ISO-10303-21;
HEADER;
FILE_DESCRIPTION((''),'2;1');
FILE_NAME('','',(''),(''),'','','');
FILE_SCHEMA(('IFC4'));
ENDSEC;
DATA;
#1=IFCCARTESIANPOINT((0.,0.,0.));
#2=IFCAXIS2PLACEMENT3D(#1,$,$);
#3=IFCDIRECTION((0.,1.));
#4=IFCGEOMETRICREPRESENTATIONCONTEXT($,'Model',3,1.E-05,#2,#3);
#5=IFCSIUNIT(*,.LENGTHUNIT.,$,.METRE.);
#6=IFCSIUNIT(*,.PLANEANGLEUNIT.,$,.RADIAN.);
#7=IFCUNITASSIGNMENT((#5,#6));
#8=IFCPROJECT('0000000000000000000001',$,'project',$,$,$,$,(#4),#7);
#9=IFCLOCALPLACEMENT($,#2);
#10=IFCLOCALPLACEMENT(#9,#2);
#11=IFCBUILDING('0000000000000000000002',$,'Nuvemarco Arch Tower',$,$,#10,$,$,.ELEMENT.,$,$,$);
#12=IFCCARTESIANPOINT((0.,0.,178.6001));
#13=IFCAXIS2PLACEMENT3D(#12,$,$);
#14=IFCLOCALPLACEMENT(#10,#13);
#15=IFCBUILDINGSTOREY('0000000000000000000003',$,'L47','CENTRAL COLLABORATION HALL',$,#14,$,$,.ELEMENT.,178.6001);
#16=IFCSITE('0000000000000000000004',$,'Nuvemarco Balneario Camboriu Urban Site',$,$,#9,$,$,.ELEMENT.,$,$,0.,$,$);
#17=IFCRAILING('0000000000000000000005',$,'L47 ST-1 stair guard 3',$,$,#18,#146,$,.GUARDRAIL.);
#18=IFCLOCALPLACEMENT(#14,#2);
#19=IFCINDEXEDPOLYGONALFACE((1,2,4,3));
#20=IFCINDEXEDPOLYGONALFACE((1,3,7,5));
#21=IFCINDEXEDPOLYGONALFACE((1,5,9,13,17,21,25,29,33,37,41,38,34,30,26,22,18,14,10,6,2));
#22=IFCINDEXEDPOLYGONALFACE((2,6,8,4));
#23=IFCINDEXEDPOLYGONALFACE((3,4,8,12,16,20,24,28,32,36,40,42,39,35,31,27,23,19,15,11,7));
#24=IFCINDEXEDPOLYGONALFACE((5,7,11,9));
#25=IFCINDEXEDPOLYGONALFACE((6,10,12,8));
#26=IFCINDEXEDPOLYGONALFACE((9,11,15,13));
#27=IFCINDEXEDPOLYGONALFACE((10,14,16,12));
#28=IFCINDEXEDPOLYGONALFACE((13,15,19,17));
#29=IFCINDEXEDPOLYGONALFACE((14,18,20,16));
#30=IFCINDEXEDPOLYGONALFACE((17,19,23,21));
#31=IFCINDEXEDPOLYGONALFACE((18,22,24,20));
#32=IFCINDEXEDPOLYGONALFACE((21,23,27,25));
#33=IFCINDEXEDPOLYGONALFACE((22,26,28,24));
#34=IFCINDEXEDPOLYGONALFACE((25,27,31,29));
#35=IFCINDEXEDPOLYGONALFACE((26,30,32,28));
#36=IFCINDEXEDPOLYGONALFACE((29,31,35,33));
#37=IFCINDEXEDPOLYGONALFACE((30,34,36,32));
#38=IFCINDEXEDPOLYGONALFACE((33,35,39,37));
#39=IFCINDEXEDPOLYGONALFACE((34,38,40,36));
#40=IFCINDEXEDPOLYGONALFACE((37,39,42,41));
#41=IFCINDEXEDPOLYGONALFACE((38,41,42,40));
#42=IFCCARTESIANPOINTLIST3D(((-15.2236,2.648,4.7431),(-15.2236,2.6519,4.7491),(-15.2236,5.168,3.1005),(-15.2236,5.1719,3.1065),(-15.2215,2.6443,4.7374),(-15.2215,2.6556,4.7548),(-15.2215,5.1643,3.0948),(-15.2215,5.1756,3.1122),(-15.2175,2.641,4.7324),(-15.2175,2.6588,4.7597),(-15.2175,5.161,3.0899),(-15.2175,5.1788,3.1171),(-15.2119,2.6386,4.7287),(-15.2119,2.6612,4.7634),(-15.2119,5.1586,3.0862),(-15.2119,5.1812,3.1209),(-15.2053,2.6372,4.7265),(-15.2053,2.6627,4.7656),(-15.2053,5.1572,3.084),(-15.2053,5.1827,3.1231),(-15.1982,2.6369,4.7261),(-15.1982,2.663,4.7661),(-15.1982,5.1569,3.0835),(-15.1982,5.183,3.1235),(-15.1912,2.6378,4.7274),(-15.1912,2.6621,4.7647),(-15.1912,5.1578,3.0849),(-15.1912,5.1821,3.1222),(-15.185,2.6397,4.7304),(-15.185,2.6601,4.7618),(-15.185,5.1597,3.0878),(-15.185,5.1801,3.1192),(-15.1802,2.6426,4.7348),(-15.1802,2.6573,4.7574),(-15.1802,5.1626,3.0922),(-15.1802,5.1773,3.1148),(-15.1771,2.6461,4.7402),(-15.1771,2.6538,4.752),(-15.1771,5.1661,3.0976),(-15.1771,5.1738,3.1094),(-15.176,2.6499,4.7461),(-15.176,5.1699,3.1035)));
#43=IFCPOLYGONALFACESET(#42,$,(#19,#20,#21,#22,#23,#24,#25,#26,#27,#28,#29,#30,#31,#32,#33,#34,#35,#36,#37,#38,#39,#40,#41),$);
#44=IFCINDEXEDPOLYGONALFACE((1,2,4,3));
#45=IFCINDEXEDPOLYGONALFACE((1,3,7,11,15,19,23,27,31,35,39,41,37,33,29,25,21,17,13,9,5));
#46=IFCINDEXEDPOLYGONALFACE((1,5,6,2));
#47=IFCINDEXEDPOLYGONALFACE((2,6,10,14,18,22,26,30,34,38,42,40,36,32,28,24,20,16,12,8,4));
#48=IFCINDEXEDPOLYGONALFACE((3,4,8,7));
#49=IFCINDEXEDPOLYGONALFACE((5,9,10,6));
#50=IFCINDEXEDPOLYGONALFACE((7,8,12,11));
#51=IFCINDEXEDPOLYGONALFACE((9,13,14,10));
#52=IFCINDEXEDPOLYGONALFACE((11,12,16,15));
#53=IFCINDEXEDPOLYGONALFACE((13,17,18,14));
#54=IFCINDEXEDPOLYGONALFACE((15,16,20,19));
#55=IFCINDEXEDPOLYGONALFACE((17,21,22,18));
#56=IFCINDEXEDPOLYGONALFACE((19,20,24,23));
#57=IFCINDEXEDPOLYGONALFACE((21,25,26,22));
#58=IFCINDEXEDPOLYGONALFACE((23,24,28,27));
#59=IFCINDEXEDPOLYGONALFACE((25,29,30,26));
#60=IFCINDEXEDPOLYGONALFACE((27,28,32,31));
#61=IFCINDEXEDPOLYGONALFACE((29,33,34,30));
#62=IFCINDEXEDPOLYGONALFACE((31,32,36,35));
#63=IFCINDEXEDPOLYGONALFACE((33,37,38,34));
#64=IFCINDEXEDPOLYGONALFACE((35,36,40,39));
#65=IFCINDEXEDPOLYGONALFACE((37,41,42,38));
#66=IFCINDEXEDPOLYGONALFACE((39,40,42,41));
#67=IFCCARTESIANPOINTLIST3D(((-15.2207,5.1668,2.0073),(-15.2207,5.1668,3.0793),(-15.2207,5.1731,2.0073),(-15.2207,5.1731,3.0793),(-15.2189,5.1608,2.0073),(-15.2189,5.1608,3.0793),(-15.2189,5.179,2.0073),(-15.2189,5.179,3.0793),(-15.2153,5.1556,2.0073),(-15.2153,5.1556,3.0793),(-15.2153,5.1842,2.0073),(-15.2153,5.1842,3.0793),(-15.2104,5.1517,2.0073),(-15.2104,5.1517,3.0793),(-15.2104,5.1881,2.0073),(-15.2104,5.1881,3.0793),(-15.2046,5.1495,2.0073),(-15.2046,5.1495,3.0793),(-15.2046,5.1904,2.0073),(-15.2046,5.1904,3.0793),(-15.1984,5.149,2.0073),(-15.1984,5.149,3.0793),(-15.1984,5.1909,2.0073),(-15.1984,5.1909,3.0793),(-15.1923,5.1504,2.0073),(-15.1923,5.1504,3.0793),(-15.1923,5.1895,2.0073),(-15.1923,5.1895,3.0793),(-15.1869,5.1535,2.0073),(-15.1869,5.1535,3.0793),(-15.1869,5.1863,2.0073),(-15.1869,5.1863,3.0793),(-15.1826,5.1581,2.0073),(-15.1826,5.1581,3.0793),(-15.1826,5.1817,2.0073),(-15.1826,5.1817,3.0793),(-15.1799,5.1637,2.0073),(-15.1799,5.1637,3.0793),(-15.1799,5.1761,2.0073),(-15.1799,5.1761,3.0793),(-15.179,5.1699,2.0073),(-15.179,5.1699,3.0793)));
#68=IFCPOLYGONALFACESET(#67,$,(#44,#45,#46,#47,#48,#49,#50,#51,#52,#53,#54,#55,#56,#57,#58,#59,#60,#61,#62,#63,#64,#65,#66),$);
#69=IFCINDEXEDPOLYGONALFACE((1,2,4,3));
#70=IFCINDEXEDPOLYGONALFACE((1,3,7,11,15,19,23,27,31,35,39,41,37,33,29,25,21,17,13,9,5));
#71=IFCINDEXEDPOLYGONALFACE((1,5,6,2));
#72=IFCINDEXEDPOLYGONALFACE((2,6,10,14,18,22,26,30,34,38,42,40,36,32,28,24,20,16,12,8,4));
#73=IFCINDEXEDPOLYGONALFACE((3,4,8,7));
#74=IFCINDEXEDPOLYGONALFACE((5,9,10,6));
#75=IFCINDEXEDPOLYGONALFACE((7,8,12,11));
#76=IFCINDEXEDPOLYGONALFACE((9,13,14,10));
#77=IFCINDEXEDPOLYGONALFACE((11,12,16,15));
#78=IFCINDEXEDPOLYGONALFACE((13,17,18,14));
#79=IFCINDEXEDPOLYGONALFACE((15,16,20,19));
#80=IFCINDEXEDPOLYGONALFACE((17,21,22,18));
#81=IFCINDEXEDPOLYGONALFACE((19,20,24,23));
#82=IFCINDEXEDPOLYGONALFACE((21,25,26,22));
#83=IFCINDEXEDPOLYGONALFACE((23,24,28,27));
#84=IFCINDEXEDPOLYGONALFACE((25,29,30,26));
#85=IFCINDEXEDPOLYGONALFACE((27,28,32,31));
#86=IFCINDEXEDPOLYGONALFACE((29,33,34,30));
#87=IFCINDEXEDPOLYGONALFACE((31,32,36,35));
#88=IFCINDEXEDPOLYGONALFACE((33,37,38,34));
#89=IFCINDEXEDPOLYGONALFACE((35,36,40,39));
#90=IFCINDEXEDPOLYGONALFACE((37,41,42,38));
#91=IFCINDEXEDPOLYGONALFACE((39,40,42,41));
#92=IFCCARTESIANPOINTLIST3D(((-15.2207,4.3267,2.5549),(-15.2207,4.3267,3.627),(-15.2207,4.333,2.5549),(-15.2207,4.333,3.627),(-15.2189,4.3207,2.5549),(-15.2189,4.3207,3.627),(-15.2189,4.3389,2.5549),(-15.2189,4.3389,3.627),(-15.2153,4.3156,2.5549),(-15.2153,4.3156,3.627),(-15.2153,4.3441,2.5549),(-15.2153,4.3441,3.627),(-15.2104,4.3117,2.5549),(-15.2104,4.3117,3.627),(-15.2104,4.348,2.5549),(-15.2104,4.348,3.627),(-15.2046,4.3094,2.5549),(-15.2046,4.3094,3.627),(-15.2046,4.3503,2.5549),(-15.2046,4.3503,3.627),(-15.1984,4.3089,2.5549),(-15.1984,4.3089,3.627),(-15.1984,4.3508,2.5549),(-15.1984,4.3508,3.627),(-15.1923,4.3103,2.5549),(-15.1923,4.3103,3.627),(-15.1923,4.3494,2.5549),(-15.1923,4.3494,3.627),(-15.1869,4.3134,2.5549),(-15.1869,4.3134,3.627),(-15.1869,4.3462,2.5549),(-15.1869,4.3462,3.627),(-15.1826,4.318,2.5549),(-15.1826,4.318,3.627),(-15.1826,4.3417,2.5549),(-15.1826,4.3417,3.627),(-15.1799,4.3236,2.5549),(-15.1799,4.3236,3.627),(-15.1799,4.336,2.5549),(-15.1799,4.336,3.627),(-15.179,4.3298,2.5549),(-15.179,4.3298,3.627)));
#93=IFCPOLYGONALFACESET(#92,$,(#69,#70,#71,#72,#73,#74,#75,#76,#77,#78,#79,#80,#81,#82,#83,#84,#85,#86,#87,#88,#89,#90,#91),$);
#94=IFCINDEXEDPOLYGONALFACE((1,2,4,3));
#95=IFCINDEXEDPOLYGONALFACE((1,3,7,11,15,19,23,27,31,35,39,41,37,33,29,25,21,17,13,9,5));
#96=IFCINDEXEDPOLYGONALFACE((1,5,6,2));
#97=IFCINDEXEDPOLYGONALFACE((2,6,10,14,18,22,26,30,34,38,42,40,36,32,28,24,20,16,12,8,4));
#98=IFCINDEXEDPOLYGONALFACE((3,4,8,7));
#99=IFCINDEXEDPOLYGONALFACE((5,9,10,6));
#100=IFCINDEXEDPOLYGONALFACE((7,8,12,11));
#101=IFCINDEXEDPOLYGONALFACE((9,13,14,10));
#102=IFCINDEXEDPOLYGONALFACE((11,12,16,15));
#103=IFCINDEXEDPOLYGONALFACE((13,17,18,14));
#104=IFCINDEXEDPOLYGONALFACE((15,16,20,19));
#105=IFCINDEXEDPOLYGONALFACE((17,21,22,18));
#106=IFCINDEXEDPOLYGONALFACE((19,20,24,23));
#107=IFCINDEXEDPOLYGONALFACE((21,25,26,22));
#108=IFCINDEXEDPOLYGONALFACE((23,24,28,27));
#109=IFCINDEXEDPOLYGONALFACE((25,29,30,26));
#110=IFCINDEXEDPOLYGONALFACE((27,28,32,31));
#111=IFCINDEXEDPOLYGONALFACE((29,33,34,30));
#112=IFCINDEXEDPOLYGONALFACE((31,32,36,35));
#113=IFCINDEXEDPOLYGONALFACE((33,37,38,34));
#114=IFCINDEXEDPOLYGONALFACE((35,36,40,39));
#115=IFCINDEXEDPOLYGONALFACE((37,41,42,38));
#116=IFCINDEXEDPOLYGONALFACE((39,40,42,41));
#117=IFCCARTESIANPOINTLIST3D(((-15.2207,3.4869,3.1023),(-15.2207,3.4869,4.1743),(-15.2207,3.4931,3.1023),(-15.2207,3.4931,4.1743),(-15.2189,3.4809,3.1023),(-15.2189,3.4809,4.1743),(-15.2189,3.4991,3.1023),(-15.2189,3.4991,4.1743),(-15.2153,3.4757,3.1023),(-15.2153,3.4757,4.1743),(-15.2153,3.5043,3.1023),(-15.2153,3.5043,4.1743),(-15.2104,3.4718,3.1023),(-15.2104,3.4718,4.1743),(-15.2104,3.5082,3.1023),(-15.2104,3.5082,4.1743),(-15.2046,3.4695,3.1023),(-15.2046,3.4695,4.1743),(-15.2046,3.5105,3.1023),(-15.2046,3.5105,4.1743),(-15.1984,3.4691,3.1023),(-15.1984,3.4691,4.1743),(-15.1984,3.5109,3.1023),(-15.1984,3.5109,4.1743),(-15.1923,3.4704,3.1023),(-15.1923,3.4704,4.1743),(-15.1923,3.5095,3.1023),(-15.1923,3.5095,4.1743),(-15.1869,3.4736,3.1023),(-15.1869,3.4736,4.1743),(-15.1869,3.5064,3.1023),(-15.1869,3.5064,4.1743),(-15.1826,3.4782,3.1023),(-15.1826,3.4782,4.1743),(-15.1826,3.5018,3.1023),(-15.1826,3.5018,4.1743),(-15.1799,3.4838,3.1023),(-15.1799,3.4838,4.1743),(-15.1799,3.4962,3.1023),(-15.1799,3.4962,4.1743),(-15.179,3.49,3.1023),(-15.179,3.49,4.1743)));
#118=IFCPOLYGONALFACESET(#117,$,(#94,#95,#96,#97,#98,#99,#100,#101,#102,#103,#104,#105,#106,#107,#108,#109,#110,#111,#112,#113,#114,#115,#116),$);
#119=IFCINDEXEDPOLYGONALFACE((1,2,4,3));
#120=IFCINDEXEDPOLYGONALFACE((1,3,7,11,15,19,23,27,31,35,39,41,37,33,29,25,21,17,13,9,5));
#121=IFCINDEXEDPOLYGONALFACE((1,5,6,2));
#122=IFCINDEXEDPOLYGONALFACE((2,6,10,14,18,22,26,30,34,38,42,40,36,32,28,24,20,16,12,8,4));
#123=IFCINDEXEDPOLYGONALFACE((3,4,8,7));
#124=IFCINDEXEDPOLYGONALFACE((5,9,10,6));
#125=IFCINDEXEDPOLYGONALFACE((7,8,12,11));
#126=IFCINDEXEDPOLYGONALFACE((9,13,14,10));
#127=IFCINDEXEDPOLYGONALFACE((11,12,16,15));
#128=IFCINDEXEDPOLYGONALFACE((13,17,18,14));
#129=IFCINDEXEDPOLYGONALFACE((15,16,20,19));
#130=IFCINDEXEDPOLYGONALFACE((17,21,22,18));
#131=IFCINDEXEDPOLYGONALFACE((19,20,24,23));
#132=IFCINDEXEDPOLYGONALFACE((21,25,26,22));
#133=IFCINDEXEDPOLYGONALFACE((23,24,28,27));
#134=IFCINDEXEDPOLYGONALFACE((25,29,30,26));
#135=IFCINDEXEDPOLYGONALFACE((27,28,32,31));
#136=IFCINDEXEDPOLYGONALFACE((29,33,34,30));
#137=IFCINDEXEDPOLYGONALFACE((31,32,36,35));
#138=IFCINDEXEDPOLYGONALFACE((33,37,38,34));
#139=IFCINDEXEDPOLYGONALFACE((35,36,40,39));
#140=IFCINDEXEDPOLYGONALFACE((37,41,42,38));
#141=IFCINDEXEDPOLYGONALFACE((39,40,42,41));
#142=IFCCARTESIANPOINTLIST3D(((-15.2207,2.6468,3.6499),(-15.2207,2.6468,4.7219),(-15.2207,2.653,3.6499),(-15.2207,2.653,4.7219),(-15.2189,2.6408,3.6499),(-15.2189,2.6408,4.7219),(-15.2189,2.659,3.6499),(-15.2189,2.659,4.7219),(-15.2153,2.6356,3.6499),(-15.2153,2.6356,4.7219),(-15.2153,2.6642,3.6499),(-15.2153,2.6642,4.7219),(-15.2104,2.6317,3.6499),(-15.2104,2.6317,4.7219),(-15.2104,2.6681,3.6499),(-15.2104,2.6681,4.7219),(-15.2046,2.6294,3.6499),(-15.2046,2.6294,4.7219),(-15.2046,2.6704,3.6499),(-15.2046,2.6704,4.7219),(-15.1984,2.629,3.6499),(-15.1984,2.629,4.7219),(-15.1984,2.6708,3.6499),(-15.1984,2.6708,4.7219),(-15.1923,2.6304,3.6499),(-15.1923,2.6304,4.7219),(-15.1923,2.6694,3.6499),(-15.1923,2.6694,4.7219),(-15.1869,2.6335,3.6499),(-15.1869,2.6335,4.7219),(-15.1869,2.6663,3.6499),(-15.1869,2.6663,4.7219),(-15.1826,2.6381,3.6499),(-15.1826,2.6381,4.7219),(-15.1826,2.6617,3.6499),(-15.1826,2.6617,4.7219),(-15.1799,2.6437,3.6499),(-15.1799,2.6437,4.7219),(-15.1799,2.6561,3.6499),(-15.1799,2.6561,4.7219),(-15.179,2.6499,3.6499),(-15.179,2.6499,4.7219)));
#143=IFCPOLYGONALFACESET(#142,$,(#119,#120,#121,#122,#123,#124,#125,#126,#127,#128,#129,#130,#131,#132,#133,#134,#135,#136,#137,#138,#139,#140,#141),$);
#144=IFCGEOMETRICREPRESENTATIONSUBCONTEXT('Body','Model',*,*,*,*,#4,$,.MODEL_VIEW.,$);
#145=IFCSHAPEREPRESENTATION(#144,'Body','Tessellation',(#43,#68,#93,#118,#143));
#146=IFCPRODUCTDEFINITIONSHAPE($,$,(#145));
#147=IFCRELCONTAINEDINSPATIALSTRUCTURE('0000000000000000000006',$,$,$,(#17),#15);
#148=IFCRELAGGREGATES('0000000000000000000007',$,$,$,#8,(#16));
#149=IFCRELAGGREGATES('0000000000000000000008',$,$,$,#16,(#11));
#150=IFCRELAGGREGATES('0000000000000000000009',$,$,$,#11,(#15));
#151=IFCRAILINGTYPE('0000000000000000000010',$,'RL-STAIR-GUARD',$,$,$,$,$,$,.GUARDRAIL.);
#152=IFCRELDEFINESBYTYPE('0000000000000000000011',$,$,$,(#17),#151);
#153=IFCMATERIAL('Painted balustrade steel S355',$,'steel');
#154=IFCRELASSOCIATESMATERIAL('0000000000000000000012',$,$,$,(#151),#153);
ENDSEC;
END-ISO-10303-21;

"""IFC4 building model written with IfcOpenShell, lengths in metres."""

from ifc_helpers import new_model, si_unit, direction, frame, origin, origin_2d, place, context, subcontext, project, spatial, circle, extrude, material, type_object, element, save


model = new_model("IFC4")

# Units and contexts
model_context = context("Model", 3, precision=1e-05, world=origin(), true_north=direction((0.0, 1.0)))
body_context = subcontext(model_context, "Body", "Model", "MODEL_VIEW")
ifc_project = project(units=[si_unit("LENGTHUNIT", "METRE"), si_unit("PLANEANGLEUNIT", "RADIAN")], contexts=[model_context])

# Site, building, storey
site_placement = place(None, origin())
site = spatial("IfcSite", under=ifc_project, at=site_placement, Name="Nuvemarco Balneario Camboriu Urban Site", CompositionType="ELEMENT", RefElevation=0.0)
building_placement = place(site_placement, origin())
building = spatial("IfcBuilding", under=site, at=building_placement, Name="Nuvemarco Arch Tower", CompositionType="ELEMENT")
storey_placement = place(building_placement, frame((0.0, 0.0, 178.6001)))
storey = spatial("IfcBuildingStorey", under=building, at=storey_placement, Name="L47", Description="CENTRAL COLLABORATION HALL", CompositionType="ELEMENT", Elevation=178.6001)

# Railing
ifc_material_1 = material(Name="Painted balustrade steel S355", Category="steel")
railing_type_1 = type_object("IfcRailingType", Name="RL-STAIR-GUARD", PredefinedType="GUARDRAIL", material=ifc_material_1)
railing_1_placement = place(storey_placement, frame((-15.2, 5.1699, 2.0073)))
element("IfcRailing", 1, at=railing_1_placement, inside=storey, type_object=railing_type_1, Name="L47 ST-1 stair guard 3", PredefinedType="GUARDRAIL", context=body_context, shape_type="SweptSolid", body=[
    extrude(circle(Radius=0.0239, at=origin_2d()), frame((0.0, 0.0, 1.0962), z_axis=(0.0, -0.837749, 0.546055), x_axis=(1.0, 0.0, 0.0)), (0.0, 0.0, 1.0), 3.0081),
    extrude(circle(Radius=0.021, at=origin_2d()), origin(), (0.0, 0.0, 1.0), 1.072),
    extrude(circle(Radius=0.021, at=origin_2d()), frame((0.0, -0.8401, 0.5476)), (0.0, 0.0, 1.0), 1.072),
    extrude(circle(Radius=0.021, at=origin_2d()), frame((0.0, -1.6799, 1.095)), (0.0, 0.0, 1.0), 1.072),
    extrude(circle(Radius=0.021, at=origin_2d()), frame((0.0, -2.52, 1.6426)), (0.0, 0.0, 1.0), 1.072),
])

save(model, "model.ifc")
